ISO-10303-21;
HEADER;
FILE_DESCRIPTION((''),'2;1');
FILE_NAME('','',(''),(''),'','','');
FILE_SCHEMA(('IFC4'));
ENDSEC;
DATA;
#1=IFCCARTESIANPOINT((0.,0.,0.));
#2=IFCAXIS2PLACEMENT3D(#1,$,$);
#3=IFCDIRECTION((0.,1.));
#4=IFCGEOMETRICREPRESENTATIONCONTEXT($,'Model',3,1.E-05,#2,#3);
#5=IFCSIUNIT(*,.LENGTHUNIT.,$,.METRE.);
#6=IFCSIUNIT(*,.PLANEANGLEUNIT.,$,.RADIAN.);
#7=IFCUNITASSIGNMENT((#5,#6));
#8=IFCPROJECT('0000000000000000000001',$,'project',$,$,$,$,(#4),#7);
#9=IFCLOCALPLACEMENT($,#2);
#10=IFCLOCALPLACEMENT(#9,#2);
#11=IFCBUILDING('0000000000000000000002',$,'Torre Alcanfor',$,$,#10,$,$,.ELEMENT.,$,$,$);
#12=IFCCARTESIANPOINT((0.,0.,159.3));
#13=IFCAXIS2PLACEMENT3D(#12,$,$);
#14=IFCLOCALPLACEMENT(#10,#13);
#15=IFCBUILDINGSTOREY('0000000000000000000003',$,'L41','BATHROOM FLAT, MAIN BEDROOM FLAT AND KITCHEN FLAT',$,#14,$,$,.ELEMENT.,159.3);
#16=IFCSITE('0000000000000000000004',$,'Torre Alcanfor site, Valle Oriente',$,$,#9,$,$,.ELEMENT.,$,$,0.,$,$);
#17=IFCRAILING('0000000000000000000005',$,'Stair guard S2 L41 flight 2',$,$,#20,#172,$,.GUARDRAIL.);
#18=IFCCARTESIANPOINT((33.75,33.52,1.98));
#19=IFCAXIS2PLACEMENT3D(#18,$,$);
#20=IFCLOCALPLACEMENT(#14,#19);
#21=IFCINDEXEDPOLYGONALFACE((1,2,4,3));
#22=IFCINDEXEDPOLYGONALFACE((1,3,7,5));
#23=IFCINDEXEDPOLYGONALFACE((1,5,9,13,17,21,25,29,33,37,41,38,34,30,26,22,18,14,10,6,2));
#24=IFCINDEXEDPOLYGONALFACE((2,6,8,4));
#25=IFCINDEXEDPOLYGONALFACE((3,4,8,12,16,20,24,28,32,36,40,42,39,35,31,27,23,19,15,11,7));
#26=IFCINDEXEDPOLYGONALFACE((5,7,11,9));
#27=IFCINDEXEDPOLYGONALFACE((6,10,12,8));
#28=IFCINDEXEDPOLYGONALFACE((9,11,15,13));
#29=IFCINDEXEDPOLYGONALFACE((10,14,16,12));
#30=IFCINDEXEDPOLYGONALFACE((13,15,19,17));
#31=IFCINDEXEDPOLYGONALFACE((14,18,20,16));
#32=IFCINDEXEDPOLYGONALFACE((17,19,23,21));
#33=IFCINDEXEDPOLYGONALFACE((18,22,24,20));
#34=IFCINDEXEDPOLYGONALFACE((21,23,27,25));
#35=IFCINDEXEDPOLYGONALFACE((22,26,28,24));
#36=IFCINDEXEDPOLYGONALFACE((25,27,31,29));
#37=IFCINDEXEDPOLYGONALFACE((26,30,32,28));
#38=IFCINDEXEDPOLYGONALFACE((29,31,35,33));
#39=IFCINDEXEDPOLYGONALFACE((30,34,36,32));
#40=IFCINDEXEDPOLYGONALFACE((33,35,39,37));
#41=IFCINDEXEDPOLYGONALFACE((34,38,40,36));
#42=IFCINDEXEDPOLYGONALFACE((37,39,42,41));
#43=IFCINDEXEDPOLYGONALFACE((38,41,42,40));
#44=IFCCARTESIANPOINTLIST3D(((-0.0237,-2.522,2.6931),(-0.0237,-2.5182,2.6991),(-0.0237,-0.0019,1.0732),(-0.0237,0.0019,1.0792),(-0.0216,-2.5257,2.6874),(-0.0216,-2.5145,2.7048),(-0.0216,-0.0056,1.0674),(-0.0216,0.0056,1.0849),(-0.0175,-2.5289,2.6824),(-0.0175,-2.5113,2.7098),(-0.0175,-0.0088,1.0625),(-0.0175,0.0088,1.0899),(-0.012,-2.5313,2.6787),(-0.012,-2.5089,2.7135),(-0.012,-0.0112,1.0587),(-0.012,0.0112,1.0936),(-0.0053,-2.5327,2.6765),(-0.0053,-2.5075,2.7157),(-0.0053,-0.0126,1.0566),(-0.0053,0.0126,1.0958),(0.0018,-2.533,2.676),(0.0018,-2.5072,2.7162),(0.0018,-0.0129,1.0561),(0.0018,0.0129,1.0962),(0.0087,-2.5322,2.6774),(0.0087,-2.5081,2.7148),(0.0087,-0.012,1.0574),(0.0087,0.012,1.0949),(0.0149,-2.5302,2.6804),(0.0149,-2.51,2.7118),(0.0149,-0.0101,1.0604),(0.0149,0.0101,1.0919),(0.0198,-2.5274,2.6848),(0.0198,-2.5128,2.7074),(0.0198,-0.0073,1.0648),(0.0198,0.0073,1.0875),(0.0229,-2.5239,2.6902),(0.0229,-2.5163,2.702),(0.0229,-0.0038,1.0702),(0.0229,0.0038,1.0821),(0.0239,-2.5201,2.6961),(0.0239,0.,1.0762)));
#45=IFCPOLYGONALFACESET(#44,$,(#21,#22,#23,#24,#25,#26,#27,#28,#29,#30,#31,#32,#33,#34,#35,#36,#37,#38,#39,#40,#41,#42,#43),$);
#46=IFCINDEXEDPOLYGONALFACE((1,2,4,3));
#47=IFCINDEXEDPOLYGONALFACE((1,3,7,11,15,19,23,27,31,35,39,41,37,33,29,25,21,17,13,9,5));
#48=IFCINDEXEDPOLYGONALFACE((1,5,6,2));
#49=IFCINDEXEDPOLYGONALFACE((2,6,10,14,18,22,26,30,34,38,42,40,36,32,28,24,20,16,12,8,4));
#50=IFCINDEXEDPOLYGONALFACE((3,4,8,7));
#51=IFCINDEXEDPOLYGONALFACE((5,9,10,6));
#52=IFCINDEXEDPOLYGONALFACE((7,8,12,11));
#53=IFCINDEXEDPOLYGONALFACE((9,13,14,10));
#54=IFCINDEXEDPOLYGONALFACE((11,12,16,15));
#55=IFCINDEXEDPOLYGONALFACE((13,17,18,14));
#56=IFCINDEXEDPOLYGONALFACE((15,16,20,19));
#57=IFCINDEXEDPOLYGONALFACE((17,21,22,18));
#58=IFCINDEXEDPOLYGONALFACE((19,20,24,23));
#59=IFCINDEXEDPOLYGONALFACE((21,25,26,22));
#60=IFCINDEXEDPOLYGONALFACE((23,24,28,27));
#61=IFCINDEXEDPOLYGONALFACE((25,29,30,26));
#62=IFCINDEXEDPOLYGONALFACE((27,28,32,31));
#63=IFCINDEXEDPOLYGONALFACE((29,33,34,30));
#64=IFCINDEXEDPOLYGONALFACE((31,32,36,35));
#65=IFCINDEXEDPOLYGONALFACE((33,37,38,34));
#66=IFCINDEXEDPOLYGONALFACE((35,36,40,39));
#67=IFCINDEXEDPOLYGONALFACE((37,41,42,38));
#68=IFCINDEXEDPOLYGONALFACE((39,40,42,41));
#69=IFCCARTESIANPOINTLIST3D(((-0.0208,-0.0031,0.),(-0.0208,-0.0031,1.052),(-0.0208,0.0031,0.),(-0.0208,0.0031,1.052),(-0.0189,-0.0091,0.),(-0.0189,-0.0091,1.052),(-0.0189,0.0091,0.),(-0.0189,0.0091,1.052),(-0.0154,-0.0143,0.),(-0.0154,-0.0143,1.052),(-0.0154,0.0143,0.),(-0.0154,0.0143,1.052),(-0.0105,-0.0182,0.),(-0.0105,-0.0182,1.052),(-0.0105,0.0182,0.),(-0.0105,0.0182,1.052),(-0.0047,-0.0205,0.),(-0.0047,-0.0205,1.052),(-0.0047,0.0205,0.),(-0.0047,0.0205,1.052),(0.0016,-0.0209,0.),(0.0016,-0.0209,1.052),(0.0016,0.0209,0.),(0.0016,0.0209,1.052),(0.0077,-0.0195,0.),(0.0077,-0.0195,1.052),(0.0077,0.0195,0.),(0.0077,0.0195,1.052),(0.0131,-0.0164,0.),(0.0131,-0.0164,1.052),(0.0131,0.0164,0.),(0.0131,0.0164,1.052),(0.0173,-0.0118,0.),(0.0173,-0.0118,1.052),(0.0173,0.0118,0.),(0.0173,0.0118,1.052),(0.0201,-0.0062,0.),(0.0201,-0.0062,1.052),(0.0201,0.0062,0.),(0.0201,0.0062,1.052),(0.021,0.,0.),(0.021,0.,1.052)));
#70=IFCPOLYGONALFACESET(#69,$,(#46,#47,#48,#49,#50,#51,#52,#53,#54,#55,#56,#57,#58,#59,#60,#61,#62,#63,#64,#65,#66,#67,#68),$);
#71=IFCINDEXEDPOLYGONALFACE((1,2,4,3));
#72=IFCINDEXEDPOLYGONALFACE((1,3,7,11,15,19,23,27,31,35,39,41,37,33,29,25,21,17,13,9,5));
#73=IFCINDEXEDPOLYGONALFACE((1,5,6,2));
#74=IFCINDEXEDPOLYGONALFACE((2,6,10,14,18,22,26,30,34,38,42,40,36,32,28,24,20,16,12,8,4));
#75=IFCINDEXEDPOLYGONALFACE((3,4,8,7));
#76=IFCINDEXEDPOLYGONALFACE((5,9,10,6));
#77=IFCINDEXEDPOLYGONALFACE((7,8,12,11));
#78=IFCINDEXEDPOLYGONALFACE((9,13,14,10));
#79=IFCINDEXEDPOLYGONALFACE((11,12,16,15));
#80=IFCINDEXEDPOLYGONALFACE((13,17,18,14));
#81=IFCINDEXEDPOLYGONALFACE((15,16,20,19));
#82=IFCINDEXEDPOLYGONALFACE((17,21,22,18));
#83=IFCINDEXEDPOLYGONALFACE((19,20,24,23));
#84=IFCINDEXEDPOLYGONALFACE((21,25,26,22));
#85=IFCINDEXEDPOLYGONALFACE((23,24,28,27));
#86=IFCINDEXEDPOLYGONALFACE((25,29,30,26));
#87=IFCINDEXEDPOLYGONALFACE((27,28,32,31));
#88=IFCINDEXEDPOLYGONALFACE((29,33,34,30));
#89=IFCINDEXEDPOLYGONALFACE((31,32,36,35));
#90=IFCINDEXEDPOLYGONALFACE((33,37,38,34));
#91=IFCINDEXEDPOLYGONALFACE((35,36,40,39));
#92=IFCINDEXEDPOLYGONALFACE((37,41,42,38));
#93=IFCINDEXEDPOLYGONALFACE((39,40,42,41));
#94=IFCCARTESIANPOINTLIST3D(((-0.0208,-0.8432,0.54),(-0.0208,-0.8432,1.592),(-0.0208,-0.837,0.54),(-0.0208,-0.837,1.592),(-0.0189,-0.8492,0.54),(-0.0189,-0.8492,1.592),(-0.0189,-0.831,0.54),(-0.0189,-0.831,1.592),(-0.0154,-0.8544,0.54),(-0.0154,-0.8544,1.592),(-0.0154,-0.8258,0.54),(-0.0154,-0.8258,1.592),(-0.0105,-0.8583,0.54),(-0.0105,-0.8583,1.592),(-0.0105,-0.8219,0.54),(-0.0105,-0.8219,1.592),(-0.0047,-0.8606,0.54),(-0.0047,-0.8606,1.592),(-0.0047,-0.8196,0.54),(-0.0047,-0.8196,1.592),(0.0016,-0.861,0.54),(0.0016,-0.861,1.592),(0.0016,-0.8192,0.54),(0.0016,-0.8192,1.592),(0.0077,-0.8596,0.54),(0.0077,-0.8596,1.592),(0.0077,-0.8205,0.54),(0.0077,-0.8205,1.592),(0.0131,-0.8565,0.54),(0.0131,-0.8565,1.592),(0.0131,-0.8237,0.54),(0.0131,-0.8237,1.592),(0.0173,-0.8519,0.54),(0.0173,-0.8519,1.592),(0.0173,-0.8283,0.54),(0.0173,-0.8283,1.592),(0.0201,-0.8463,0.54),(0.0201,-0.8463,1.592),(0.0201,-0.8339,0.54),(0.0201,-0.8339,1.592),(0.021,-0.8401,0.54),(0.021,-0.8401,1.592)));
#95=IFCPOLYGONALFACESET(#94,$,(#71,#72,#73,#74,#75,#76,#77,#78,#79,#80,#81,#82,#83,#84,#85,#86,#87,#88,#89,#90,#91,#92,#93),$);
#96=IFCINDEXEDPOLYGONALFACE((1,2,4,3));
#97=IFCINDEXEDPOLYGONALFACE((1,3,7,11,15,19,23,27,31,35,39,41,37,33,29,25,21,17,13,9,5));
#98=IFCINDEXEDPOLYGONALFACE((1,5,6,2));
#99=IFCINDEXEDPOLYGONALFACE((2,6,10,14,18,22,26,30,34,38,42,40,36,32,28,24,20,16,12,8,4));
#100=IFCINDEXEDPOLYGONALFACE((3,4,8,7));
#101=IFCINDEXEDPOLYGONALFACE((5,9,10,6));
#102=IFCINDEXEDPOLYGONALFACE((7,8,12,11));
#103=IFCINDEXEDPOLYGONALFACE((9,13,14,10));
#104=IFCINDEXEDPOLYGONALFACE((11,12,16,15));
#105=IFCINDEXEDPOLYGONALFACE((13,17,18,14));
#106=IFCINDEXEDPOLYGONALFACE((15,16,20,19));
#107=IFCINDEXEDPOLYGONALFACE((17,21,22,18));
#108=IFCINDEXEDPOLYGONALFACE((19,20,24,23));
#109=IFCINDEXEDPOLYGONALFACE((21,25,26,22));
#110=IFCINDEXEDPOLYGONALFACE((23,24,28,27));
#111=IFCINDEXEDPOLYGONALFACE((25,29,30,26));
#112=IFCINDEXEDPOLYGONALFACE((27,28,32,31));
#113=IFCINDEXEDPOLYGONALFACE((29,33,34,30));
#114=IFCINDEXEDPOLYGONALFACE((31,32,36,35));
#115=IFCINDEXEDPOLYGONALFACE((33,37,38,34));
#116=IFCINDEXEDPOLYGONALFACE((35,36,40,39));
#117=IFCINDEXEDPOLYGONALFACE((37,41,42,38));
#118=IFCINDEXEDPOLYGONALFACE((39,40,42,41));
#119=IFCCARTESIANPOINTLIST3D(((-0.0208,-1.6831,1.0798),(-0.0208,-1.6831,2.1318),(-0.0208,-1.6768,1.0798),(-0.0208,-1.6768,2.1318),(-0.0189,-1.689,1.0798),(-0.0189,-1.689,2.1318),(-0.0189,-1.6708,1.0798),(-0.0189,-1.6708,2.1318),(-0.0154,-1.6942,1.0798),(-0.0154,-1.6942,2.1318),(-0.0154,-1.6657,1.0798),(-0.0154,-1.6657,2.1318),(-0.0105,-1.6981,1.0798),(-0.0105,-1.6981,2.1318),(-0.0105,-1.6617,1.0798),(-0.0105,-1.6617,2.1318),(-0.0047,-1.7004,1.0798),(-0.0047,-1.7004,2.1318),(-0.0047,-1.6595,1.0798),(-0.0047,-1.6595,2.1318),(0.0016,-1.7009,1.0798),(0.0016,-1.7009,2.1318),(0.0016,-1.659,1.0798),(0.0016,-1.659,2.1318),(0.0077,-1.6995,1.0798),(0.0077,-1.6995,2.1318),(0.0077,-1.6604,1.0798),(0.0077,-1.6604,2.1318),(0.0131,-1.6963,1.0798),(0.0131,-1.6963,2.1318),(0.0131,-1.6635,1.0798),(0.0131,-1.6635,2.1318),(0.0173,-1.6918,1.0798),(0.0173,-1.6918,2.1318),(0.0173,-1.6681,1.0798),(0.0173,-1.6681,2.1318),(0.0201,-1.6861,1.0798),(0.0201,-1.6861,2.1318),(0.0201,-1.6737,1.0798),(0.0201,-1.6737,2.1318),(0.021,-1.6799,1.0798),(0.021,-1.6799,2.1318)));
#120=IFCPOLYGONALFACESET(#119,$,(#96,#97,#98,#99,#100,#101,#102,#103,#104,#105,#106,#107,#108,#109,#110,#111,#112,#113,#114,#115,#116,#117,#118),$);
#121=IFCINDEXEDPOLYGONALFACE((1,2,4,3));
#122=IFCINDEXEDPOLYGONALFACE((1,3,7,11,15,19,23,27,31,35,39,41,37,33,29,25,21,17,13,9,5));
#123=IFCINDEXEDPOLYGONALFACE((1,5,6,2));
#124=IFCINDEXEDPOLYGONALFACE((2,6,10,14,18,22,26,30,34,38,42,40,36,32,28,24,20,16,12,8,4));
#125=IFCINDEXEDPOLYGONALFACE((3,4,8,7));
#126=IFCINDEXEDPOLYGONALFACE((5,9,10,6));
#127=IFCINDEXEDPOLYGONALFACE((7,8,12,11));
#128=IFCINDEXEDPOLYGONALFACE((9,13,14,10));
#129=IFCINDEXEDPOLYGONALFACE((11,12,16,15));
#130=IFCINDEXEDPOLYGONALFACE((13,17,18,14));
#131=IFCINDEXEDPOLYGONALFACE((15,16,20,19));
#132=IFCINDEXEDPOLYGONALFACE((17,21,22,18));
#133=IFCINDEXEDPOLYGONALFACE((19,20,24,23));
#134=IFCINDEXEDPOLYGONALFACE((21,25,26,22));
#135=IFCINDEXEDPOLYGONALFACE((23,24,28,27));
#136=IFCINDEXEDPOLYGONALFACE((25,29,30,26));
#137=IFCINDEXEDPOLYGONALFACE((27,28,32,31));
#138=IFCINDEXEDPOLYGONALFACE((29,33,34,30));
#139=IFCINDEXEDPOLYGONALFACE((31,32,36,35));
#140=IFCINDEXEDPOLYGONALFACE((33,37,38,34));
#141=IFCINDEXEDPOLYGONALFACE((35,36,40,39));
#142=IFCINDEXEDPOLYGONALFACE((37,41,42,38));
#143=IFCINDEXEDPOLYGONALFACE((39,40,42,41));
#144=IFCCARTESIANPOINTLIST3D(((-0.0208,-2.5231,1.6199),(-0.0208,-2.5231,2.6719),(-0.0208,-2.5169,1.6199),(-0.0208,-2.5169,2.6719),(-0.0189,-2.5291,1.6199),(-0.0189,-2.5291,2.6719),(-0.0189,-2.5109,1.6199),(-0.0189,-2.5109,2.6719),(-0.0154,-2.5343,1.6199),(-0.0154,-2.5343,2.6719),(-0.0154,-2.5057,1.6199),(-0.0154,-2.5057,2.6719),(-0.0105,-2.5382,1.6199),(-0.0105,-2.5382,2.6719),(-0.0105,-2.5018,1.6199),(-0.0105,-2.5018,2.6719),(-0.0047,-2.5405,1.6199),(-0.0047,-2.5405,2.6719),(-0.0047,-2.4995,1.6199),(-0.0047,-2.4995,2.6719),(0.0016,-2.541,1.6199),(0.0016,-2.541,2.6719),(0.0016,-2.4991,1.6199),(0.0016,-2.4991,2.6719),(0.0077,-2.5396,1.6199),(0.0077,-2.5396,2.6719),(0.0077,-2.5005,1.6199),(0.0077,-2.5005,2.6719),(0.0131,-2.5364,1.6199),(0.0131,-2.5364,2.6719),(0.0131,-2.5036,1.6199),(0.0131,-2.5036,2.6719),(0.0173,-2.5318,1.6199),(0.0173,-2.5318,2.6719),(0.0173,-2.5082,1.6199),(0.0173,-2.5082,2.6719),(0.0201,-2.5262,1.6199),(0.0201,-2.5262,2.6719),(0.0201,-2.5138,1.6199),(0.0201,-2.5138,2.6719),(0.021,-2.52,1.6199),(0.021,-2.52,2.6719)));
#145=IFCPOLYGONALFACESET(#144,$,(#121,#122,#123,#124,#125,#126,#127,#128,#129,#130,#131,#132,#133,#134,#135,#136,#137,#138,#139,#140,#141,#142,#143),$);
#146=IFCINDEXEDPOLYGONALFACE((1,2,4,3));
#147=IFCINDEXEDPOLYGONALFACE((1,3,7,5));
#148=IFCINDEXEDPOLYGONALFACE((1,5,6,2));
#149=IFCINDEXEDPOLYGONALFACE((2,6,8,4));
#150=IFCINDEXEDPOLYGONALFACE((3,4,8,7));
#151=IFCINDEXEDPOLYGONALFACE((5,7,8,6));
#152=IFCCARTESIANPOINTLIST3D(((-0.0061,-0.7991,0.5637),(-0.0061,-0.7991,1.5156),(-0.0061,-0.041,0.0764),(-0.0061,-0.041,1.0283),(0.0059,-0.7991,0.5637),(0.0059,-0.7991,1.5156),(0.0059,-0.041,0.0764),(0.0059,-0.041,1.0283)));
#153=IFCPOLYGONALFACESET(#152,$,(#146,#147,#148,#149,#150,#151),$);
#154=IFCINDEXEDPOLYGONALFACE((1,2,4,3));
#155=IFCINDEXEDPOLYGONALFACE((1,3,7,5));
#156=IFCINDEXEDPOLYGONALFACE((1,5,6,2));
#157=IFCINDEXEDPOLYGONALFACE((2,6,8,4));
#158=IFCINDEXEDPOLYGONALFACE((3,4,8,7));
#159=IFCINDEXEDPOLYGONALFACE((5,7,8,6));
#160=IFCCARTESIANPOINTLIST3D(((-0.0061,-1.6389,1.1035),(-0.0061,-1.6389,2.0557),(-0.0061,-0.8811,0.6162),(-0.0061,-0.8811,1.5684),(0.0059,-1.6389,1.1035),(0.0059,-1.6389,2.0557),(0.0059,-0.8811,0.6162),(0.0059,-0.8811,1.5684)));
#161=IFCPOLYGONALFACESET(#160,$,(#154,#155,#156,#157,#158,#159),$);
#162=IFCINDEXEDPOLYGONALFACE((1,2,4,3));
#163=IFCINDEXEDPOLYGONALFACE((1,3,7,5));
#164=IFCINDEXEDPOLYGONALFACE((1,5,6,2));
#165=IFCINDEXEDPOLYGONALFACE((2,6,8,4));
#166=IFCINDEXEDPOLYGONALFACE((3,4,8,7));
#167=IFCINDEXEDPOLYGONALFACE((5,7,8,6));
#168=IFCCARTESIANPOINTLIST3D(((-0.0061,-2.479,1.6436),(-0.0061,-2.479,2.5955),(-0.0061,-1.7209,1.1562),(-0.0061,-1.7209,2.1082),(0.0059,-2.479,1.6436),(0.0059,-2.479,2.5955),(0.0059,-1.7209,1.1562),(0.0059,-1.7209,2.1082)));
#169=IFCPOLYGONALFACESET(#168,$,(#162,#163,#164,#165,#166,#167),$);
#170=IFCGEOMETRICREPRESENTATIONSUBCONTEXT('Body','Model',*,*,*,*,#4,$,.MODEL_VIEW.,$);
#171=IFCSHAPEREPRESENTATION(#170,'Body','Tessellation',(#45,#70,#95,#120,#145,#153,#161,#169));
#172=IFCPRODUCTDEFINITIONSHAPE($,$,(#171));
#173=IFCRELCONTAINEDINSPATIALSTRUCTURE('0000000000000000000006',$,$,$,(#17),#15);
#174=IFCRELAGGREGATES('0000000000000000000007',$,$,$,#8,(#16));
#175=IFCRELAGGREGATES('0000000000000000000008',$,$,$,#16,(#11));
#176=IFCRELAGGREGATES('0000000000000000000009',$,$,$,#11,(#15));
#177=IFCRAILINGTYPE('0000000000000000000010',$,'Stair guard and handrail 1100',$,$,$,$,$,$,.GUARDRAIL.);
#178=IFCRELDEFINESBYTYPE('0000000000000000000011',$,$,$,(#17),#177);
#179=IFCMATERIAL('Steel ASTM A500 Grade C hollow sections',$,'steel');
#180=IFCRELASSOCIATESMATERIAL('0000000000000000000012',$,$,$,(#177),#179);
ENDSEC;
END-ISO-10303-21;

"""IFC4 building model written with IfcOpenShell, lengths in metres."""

from ifc_helpers import new_model, si_unit, direction, frame, origin, origin_2d, place, context, subcontext, project, spatial, polyline, circle, outline, extrude, material, type_object, element, save


model = new_model("IFC4")

# Units and contexts
model_context = context("Model", 3, precision=1e-05, world=origin(), true_north=direction((0.0, 1.0)))
body_context = subcontext(model_context, "Body", "Model", "MODEL_VIEW")
ifc_project = project(units=[si_unit("LENGTHUNIT", "METRE"), si_unit("PLANEANGLEUNIT", "RADIAN")], contexts=[model_context])

# Site, building, storey
site_placement = place(None, origin())
site = spatial("IfcSite", under=ifc_project, at=site_placement, Name="Torre Alcanfor site, Valle Oriente", CompositionType="ELEMENT", RefElevation=0.0)
building_placement = place(site_placement, origin())
building = spatial("IfcBuilding", under=site, at=building_placement, Name="Torre Alcanfor", CompositionType="ELEMENT")
storey_placement = place(building_placement, frame((0.0, 0.0, 159.3)))
storey = spatial("IfcBuildingStorey", under=building, at=storey_placement, Name="L41", Description="BATHROOM FLAT, MAIN BEDROOM FLAT AND KITCHEN FLAT", CompositionType="ELEMENT", Elevation=159.3)

# Railing
ifc_material_1 = material(Name="Steel ASTM A500 Grade C hollow sections", Category="steel")
railing_type_1 = type_object("IfcRailingType", Name="Stair guard and handrail 1100", PredefinedType="GUARDRAIL", material=ifc_material_1)
railing_1_placement = place(storey_placement, frame((33.75, 33.52, 1.98)))
element("IfcRailing", 1, at=railing_1_placement, inside=storey, type_object=railing_type_1, Name="Stair guard S2 L41 flight 2", PredefinedType="GUARDRAIL", context=body_context, shape_type="SweptSolid", body=[
    extrude(circle(Radius=0.0239, at=origin_2d()), frame((0.0, 0.0, 1.0762), z_axis=(0.0, -0.8412, 0.540725), x_axis=(1.0, 0.0, 0.0)), (0.0, 0.0, 1.0), 2.9958),
    extrude(circle(Radius=0.021, at=origin_2d()), origin(), (0.0, 0.0, 1.0), 1.052),
    extrude(circle(Radius=0.021, at=origin_2d()), frame((0.0, -0.8401, 0.54)), (0.0, 0.0, 1.0), 1.052),
    extrude(circle(Radius=0.021, at=origin_2d()), frame((0.0, -1.6799, 1.0798)), (0.0, 0.0, 1.0), 1.052),
    extrude(circle(Radius=0.021, at=origin_2d()), frame((0.0, -2.52, 1.6199)), (0.0, 0.0, 1.0), 1.052),
    extrude(outline(polyline([(0.041, 0.0764), (0.7991, 0.5637), (0.7991, 1.5156), (0.041, 1.0283), (0.041, 0.0764)])), frame((0.0059, 0.0, 0.0), z_axis=(-1.0, 0.0, 0.0), x_axis=(0.0, -1.0, 0.0)), (0.0, 0.0, 1.0), 0.012),
    extrude(outline(polyline([(0.8811, 0.6162), (1.6389, 1.1035), (1.6389, 2.0557), (0.8811, 1.5684), (0.8811, 0.6162)])), frame((0.0059, 0.0, 0.0), z_axis=(-1.0, 0.0, 0.0), x_axis=(0.0, -1.0, 0.0)), (0.0, 0.0, 1.0), 0.012),
    extrude(outline(polyline([(1.7209, 1.1562), (2.479, 1.6436), (2.479, 2.5955), (1.7209, 2.1082), (1.7209, 1.1562)])), frame((0.0059, 0.0, 0.0), z_axis=(-1.0, 0.0, 0.0), x_axis=(0.0, -1.0, 0.0)), (0.0, 0.0, 1.0), 0.012),
])

save(model, "model.ifc")
